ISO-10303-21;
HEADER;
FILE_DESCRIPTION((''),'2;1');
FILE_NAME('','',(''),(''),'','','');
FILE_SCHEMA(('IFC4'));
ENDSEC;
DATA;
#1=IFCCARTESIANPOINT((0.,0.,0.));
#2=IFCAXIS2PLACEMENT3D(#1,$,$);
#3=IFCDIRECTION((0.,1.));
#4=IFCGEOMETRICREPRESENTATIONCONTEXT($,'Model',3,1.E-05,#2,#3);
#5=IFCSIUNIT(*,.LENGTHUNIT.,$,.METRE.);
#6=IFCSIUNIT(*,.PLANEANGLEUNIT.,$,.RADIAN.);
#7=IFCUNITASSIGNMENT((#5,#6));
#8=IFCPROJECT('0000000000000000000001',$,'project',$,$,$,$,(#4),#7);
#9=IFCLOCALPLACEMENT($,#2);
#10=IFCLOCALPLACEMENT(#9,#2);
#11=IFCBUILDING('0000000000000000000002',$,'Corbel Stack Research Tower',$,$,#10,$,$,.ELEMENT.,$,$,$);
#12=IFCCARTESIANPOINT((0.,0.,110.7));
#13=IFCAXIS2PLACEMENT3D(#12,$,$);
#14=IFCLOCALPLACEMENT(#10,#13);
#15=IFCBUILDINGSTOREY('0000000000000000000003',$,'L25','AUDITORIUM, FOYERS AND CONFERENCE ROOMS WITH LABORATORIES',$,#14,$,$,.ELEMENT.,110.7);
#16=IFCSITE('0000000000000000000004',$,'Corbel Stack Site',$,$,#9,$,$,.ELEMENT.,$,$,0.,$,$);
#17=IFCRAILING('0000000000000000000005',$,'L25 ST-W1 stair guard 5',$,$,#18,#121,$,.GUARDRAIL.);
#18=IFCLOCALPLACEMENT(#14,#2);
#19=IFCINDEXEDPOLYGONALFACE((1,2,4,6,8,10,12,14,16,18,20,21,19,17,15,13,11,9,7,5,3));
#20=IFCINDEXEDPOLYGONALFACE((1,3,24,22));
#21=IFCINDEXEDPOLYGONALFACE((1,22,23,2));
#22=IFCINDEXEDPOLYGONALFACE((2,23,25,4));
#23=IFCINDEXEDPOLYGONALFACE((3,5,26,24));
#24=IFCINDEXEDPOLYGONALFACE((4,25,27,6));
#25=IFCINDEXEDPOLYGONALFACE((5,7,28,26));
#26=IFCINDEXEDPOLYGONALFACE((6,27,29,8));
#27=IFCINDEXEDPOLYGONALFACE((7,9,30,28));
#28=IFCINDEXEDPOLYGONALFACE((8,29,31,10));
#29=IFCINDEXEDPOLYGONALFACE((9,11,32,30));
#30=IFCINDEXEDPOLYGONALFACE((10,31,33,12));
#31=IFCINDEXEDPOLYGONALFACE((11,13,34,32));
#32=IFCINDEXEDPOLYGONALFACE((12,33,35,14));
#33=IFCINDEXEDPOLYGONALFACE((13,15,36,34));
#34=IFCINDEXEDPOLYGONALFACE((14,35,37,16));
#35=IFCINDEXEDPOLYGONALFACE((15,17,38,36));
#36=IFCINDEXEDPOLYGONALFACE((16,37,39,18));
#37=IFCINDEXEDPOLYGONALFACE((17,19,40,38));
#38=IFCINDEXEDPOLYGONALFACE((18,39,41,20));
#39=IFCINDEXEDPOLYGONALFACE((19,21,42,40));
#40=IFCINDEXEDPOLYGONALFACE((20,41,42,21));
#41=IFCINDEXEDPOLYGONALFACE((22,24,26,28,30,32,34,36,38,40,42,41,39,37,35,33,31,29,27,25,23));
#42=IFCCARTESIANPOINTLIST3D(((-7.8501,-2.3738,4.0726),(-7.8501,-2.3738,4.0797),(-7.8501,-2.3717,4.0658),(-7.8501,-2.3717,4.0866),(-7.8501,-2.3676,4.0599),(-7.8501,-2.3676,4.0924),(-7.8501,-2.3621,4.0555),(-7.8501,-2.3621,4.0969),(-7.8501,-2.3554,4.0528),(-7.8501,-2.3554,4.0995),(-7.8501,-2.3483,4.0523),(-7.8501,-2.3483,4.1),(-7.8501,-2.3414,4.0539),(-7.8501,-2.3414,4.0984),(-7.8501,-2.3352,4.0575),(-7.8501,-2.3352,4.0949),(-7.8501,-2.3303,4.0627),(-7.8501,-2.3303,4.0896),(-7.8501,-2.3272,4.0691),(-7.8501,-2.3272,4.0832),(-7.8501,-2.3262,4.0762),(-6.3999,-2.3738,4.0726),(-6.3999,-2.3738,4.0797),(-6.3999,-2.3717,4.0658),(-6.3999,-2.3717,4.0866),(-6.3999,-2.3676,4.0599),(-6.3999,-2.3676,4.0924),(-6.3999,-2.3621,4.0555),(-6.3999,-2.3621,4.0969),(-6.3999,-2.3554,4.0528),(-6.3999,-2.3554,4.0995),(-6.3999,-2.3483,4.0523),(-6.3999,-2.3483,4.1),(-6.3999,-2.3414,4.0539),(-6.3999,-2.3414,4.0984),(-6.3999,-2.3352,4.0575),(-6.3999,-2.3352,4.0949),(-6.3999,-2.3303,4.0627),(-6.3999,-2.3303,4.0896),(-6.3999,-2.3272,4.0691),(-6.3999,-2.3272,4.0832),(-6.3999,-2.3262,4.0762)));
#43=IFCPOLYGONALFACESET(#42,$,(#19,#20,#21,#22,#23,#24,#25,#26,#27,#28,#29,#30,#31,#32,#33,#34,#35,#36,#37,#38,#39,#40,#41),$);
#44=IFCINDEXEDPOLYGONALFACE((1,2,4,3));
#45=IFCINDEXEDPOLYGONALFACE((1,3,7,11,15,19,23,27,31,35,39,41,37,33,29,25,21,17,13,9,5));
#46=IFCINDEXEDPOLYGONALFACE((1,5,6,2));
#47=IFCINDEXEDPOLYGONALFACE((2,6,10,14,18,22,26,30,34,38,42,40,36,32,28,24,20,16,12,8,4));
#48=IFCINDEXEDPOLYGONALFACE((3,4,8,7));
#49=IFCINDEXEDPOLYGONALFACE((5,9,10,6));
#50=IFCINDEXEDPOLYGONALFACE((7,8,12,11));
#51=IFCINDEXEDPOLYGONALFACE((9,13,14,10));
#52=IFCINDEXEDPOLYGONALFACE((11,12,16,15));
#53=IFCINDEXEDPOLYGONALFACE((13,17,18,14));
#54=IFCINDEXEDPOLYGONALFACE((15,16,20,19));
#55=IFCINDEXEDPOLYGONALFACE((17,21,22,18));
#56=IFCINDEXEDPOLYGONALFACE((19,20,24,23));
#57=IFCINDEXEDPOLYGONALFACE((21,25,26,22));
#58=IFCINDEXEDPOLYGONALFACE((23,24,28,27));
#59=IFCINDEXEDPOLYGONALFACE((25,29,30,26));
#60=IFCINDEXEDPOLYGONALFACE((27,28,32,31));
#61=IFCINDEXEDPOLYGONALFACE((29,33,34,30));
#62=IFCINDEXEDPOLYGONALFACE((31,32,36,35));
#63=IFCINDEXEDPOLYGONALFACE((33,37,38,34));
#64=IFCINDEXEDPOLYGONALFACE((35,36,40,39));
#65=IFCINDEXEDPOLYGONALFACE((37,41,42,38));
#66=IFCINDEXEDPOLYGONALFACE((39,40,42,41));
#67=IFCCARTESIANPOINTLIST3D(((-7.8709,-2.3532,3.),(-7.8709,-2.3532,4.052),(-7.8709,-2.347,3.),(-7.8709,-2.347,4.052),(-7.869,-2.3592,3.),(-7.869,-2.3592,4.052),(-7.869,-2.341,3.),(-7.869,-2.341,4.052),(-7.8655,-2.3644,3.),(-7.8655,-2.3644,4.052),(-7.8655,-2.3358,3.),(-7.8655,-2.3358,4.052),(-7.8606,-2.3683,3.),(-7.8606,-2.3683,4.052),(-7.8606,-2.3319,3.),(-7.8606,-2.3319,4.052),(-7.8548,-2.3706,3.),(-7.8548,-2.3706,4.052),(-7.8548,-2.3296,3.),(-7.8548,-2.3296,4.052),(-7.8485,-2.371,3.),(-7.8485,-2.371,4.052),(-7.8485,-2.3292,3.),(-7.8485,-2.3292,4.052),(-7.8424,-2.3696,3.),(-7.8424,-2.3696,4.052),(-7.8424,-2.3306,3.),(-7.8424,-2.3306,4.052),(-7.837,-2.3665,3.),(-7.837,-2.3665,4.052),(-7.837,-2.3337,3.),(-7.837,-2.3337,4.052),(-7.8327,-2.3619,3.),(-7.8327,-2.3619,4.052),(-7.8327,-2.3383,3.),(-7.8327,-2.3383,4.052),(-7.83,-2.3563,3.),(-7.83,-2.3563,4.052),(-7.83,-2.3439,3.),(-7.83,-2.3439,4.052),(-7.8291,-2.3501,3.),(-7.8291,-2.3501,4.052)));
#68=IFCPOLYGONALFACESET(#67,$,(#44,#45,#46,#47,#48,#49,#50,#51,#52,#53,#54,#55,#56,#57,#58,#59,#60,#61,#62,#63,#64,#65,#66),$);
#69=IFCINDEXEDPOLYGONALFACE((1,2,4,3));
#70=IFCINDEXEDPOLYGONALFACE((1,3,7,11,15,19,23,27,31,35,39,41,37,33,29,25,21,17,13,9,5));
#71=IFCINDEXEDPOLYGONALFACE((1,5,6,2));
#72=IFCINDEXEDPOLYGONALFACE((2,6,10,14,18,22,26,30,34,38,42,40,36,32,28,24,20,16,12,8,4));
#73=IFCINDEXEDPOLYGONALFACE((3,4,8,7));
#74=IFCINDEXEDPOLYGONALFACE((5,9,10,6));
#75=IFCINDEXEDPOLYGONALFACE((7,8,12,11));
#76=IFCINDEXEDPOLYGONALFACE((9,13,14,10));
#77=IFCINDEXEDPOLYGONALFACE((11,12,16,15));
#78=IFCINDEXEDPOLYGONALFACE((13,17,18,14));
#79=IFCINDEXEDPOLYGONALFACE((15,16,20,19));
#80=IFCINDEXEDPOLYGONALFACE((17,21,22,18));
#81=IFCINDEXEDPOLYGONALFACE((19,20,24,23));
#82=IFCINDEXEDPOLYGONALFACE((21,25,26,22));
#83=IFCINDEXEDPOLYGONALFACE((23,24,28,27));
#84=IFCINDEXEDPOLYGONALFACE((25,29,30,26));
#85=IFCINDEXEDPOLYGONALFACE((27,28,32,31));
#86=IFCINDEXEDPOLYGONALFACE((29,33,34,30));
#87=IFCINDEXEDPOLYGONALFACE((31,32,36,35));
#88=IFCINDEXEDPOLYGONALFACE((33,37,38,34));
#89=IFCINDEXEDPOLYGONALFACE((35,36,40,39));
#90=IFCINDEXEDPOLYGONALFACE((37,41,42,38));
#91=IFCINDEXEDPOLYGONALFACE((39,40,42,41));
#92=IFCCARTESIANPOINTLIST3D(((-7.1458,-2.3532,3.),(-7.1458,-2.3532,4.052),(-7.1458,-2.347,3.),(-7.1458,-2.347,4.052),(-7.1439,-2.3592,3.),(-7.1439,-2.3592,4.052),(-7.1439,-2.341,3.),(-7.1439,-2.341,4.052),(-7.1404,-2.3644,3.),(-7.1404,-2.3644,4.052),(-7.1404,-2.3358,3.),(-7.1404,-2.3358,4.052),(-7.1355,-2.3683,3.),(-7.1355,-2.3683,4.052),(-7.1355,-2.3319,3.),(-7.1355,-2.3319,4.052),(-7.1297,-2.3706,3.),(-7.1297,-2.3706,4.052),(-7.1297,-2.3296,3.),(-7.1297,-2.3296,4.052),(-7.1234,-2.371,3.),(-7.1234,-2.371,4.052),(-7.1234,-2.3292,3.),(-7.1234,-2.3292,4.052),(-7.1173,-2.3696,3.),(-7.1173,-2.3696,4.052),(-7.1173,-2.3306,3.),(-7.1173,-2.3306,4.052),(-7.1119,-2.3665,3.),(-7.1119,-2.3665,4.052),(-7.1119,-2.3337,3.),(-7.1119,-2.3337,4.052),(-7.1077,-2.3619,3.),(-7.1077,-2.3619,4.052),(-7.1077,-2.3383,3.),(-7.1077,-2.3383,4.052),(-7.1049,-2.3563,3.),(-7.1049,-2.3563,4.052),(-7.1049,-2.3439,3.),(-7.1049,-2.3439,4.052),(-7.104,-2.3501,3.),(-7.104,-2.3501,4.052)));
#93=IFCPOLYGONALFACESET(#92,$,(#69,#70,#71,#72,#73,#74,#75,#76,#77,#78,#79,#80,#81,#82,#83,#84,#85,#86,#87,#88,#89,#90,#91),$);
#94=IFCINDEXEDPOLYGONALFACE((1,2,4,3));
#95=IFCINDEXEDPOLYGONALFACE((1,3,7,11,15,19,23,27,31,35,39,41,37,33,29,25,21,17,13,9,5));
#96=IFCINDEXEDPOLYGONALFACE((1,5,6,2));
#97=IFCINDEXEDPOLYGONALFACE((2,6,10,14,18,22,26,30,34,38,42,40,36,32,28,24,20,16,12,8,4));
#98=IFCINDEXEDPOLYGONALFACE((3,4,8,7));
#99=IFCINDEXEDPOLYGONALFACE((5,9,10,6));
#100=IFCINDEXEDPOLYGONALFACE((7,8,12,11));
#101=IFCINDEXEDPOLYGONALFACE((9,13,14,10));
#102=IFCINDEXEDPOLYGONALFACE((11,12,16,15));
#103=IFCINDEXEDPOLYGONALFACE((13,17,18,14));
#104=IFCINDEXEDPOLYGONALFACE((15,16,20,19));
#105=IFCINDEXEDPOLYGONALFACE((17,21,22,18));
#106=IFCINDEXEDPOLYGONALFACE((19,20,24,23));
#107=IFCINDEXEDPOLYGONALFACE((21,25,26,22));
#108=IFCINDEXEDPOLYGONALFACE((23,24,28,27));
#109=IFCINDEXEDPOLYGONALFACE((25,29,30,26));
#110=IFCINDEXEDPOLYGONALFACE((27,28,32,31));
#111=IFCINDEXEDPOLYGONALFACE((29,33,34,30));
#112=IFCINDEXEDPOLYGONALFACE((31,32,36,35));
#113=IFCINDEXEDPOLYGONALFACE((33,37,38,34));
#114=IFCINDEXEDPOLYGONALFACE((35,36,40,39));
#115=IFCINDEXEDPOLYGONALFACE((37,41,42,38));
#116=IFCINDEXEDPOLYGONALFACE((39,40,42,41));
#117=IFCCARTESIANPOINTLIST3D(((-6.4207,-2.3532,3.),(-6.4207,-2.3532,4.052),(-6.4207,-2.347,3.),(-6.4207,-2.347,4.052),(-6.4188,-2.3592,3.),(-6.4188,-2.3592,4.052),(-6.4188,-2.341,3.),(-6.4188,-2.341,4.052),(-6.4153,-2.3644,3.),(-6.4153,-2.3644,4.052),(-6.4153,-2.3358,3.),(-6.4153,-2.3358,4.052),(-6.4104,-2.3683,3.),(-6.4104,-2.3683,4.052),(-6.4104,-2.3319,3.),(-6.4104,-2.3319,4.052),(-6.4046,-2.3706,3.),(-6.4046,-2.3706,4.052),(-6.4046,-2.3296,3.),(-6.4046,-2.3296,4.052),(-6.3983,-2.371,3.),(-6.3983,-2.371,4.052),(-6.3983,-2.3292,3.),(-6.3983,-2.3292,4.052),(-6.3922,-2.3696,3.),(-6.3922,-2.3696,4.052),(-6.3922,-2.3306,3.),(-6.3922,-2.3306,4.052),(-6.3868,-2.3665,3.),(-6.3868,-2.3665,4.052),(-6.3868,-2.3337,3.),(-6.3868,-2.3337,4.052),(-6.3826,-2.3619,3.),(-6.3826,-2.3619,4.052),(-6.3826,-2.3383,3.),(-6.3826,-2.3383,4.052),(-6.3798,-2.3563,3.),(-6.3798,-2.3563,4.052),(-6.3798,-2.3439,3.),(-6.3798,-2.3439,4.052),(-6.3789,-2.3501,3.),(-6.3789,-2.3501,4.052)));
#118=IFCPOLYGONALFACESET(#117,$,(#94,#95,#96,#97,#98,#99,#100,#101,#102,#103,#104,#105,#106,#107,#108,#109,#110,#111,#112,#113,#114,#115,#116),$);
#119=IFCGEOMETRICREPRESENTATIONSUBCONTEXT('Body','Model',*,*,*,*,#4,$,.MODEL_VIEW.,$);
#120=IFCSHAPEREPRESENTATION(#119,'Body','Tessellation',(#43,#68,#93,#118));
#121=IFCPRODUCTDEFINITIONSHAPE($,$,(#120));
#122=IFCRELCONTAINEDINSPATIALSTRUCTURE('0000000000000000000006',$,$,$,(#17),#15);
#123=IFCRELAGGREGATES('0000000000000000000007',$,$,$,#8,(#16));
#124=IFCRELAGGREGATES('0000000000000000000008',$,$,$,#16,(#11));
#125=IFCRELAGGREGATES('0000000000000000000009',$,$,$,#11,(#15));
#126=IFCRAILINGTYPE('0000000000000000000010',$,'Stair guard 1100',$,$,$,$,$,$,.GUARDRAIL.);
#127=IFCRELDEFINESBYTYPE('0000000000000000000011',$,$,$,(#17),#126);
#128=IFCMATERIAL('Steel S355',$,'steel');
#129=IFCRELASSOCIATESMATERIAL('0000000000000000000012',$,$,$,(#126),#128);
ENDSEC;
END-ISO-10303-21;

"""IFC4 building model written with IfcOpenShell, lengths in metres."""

from ifc_helpers import new_model, si_unit, direction, frame, origin, origin_2d, place, context, subcontext, project, spatial, circle, extrude, material, type_object, element, save


model = new_model("IFC4")

# Units and contexts
model_context = context("Model", 3, precision=1e-05, world=origin(), true_north=direction((0.0, 1.0)))
body_context = subcontext(model_context, "Body", "Model", "MODEL_VIEW")
ifc_project = project(units=[si_unit("LENGTHUNIT", "METRE"), si_unit("PLANEANGLEUNIT", "RADIAN")], contexts=[model_context])

# Site, building, storey
site_placement = place(None, origin())
site = spatial("IfcSite", under=ifc_project, at=site_placement, Name="Corbel Stack Site", CompositionType="ELEMENT", RefElevation=0.0)
building_placement = place(site_placement, origin())
building = spatial("IfcBuilding", under=site, at=building_placement, Name="Corbel Stack Research Tower", CompositionType="ELEMENT")
storey_placement = place(building_placement, frame((0.0, 0.0, 110.7)))
storey = spatial("IfcBuildingStorey", under=building, at=storey_placement, Name="L25", Description="AUDITORIUM, FOYERS AND CONFERENCE ROOMS WITH LABORATORIES", CompositionType="ELEMENT", Elevation=110.7)

# Railing
ifc_material_1 = material(Name="Steel S355", Category="steel")
railing_type_1 = type_object("IfcRailingType", Name="Stair guard 1100", PredefinedType="GUARDRAIL", material=ifc_material_1)
railing_1_placement = place(storey_placement, frame((-7.8501, -2.3501, 3.0)))
element("IfcRailing", 1, at=railing_1_placement, inside=storey, type_object=railing_type_1, Name="L25 ST-W1 stair guard 5", PredefinedType="GUARDRAIL", context=body_context, shape_type="SweptSolid", body=[
    extrude(circle(Radius=0.0239, at=origin_2d()), frame((0.0, 0.0, 1.0762), z_axis=(1.0, 0.0, 0.0), x_axis=(0.0, 1.0, 0.0)), (0.0, 0.0, 1.0), 1.4502),
    extrude(circle(Radius=0.021, at=origin_2d()), origin(), (0.0, 0.0, 1.0), 1.052),
    extrude(circle(Radius=0.021, at=origin_2d()), frame((0.7251, 0.0, 0.0)), (0.0, 0.0, 1.0), 1.052),
    extrude(circle(Radius=0.021, at=origin_2d()), frame((1.4502, 0.0, 0.0)), (0.0, 0.0, 1.0), 1.052),
])

save(model, "model.ifc")
